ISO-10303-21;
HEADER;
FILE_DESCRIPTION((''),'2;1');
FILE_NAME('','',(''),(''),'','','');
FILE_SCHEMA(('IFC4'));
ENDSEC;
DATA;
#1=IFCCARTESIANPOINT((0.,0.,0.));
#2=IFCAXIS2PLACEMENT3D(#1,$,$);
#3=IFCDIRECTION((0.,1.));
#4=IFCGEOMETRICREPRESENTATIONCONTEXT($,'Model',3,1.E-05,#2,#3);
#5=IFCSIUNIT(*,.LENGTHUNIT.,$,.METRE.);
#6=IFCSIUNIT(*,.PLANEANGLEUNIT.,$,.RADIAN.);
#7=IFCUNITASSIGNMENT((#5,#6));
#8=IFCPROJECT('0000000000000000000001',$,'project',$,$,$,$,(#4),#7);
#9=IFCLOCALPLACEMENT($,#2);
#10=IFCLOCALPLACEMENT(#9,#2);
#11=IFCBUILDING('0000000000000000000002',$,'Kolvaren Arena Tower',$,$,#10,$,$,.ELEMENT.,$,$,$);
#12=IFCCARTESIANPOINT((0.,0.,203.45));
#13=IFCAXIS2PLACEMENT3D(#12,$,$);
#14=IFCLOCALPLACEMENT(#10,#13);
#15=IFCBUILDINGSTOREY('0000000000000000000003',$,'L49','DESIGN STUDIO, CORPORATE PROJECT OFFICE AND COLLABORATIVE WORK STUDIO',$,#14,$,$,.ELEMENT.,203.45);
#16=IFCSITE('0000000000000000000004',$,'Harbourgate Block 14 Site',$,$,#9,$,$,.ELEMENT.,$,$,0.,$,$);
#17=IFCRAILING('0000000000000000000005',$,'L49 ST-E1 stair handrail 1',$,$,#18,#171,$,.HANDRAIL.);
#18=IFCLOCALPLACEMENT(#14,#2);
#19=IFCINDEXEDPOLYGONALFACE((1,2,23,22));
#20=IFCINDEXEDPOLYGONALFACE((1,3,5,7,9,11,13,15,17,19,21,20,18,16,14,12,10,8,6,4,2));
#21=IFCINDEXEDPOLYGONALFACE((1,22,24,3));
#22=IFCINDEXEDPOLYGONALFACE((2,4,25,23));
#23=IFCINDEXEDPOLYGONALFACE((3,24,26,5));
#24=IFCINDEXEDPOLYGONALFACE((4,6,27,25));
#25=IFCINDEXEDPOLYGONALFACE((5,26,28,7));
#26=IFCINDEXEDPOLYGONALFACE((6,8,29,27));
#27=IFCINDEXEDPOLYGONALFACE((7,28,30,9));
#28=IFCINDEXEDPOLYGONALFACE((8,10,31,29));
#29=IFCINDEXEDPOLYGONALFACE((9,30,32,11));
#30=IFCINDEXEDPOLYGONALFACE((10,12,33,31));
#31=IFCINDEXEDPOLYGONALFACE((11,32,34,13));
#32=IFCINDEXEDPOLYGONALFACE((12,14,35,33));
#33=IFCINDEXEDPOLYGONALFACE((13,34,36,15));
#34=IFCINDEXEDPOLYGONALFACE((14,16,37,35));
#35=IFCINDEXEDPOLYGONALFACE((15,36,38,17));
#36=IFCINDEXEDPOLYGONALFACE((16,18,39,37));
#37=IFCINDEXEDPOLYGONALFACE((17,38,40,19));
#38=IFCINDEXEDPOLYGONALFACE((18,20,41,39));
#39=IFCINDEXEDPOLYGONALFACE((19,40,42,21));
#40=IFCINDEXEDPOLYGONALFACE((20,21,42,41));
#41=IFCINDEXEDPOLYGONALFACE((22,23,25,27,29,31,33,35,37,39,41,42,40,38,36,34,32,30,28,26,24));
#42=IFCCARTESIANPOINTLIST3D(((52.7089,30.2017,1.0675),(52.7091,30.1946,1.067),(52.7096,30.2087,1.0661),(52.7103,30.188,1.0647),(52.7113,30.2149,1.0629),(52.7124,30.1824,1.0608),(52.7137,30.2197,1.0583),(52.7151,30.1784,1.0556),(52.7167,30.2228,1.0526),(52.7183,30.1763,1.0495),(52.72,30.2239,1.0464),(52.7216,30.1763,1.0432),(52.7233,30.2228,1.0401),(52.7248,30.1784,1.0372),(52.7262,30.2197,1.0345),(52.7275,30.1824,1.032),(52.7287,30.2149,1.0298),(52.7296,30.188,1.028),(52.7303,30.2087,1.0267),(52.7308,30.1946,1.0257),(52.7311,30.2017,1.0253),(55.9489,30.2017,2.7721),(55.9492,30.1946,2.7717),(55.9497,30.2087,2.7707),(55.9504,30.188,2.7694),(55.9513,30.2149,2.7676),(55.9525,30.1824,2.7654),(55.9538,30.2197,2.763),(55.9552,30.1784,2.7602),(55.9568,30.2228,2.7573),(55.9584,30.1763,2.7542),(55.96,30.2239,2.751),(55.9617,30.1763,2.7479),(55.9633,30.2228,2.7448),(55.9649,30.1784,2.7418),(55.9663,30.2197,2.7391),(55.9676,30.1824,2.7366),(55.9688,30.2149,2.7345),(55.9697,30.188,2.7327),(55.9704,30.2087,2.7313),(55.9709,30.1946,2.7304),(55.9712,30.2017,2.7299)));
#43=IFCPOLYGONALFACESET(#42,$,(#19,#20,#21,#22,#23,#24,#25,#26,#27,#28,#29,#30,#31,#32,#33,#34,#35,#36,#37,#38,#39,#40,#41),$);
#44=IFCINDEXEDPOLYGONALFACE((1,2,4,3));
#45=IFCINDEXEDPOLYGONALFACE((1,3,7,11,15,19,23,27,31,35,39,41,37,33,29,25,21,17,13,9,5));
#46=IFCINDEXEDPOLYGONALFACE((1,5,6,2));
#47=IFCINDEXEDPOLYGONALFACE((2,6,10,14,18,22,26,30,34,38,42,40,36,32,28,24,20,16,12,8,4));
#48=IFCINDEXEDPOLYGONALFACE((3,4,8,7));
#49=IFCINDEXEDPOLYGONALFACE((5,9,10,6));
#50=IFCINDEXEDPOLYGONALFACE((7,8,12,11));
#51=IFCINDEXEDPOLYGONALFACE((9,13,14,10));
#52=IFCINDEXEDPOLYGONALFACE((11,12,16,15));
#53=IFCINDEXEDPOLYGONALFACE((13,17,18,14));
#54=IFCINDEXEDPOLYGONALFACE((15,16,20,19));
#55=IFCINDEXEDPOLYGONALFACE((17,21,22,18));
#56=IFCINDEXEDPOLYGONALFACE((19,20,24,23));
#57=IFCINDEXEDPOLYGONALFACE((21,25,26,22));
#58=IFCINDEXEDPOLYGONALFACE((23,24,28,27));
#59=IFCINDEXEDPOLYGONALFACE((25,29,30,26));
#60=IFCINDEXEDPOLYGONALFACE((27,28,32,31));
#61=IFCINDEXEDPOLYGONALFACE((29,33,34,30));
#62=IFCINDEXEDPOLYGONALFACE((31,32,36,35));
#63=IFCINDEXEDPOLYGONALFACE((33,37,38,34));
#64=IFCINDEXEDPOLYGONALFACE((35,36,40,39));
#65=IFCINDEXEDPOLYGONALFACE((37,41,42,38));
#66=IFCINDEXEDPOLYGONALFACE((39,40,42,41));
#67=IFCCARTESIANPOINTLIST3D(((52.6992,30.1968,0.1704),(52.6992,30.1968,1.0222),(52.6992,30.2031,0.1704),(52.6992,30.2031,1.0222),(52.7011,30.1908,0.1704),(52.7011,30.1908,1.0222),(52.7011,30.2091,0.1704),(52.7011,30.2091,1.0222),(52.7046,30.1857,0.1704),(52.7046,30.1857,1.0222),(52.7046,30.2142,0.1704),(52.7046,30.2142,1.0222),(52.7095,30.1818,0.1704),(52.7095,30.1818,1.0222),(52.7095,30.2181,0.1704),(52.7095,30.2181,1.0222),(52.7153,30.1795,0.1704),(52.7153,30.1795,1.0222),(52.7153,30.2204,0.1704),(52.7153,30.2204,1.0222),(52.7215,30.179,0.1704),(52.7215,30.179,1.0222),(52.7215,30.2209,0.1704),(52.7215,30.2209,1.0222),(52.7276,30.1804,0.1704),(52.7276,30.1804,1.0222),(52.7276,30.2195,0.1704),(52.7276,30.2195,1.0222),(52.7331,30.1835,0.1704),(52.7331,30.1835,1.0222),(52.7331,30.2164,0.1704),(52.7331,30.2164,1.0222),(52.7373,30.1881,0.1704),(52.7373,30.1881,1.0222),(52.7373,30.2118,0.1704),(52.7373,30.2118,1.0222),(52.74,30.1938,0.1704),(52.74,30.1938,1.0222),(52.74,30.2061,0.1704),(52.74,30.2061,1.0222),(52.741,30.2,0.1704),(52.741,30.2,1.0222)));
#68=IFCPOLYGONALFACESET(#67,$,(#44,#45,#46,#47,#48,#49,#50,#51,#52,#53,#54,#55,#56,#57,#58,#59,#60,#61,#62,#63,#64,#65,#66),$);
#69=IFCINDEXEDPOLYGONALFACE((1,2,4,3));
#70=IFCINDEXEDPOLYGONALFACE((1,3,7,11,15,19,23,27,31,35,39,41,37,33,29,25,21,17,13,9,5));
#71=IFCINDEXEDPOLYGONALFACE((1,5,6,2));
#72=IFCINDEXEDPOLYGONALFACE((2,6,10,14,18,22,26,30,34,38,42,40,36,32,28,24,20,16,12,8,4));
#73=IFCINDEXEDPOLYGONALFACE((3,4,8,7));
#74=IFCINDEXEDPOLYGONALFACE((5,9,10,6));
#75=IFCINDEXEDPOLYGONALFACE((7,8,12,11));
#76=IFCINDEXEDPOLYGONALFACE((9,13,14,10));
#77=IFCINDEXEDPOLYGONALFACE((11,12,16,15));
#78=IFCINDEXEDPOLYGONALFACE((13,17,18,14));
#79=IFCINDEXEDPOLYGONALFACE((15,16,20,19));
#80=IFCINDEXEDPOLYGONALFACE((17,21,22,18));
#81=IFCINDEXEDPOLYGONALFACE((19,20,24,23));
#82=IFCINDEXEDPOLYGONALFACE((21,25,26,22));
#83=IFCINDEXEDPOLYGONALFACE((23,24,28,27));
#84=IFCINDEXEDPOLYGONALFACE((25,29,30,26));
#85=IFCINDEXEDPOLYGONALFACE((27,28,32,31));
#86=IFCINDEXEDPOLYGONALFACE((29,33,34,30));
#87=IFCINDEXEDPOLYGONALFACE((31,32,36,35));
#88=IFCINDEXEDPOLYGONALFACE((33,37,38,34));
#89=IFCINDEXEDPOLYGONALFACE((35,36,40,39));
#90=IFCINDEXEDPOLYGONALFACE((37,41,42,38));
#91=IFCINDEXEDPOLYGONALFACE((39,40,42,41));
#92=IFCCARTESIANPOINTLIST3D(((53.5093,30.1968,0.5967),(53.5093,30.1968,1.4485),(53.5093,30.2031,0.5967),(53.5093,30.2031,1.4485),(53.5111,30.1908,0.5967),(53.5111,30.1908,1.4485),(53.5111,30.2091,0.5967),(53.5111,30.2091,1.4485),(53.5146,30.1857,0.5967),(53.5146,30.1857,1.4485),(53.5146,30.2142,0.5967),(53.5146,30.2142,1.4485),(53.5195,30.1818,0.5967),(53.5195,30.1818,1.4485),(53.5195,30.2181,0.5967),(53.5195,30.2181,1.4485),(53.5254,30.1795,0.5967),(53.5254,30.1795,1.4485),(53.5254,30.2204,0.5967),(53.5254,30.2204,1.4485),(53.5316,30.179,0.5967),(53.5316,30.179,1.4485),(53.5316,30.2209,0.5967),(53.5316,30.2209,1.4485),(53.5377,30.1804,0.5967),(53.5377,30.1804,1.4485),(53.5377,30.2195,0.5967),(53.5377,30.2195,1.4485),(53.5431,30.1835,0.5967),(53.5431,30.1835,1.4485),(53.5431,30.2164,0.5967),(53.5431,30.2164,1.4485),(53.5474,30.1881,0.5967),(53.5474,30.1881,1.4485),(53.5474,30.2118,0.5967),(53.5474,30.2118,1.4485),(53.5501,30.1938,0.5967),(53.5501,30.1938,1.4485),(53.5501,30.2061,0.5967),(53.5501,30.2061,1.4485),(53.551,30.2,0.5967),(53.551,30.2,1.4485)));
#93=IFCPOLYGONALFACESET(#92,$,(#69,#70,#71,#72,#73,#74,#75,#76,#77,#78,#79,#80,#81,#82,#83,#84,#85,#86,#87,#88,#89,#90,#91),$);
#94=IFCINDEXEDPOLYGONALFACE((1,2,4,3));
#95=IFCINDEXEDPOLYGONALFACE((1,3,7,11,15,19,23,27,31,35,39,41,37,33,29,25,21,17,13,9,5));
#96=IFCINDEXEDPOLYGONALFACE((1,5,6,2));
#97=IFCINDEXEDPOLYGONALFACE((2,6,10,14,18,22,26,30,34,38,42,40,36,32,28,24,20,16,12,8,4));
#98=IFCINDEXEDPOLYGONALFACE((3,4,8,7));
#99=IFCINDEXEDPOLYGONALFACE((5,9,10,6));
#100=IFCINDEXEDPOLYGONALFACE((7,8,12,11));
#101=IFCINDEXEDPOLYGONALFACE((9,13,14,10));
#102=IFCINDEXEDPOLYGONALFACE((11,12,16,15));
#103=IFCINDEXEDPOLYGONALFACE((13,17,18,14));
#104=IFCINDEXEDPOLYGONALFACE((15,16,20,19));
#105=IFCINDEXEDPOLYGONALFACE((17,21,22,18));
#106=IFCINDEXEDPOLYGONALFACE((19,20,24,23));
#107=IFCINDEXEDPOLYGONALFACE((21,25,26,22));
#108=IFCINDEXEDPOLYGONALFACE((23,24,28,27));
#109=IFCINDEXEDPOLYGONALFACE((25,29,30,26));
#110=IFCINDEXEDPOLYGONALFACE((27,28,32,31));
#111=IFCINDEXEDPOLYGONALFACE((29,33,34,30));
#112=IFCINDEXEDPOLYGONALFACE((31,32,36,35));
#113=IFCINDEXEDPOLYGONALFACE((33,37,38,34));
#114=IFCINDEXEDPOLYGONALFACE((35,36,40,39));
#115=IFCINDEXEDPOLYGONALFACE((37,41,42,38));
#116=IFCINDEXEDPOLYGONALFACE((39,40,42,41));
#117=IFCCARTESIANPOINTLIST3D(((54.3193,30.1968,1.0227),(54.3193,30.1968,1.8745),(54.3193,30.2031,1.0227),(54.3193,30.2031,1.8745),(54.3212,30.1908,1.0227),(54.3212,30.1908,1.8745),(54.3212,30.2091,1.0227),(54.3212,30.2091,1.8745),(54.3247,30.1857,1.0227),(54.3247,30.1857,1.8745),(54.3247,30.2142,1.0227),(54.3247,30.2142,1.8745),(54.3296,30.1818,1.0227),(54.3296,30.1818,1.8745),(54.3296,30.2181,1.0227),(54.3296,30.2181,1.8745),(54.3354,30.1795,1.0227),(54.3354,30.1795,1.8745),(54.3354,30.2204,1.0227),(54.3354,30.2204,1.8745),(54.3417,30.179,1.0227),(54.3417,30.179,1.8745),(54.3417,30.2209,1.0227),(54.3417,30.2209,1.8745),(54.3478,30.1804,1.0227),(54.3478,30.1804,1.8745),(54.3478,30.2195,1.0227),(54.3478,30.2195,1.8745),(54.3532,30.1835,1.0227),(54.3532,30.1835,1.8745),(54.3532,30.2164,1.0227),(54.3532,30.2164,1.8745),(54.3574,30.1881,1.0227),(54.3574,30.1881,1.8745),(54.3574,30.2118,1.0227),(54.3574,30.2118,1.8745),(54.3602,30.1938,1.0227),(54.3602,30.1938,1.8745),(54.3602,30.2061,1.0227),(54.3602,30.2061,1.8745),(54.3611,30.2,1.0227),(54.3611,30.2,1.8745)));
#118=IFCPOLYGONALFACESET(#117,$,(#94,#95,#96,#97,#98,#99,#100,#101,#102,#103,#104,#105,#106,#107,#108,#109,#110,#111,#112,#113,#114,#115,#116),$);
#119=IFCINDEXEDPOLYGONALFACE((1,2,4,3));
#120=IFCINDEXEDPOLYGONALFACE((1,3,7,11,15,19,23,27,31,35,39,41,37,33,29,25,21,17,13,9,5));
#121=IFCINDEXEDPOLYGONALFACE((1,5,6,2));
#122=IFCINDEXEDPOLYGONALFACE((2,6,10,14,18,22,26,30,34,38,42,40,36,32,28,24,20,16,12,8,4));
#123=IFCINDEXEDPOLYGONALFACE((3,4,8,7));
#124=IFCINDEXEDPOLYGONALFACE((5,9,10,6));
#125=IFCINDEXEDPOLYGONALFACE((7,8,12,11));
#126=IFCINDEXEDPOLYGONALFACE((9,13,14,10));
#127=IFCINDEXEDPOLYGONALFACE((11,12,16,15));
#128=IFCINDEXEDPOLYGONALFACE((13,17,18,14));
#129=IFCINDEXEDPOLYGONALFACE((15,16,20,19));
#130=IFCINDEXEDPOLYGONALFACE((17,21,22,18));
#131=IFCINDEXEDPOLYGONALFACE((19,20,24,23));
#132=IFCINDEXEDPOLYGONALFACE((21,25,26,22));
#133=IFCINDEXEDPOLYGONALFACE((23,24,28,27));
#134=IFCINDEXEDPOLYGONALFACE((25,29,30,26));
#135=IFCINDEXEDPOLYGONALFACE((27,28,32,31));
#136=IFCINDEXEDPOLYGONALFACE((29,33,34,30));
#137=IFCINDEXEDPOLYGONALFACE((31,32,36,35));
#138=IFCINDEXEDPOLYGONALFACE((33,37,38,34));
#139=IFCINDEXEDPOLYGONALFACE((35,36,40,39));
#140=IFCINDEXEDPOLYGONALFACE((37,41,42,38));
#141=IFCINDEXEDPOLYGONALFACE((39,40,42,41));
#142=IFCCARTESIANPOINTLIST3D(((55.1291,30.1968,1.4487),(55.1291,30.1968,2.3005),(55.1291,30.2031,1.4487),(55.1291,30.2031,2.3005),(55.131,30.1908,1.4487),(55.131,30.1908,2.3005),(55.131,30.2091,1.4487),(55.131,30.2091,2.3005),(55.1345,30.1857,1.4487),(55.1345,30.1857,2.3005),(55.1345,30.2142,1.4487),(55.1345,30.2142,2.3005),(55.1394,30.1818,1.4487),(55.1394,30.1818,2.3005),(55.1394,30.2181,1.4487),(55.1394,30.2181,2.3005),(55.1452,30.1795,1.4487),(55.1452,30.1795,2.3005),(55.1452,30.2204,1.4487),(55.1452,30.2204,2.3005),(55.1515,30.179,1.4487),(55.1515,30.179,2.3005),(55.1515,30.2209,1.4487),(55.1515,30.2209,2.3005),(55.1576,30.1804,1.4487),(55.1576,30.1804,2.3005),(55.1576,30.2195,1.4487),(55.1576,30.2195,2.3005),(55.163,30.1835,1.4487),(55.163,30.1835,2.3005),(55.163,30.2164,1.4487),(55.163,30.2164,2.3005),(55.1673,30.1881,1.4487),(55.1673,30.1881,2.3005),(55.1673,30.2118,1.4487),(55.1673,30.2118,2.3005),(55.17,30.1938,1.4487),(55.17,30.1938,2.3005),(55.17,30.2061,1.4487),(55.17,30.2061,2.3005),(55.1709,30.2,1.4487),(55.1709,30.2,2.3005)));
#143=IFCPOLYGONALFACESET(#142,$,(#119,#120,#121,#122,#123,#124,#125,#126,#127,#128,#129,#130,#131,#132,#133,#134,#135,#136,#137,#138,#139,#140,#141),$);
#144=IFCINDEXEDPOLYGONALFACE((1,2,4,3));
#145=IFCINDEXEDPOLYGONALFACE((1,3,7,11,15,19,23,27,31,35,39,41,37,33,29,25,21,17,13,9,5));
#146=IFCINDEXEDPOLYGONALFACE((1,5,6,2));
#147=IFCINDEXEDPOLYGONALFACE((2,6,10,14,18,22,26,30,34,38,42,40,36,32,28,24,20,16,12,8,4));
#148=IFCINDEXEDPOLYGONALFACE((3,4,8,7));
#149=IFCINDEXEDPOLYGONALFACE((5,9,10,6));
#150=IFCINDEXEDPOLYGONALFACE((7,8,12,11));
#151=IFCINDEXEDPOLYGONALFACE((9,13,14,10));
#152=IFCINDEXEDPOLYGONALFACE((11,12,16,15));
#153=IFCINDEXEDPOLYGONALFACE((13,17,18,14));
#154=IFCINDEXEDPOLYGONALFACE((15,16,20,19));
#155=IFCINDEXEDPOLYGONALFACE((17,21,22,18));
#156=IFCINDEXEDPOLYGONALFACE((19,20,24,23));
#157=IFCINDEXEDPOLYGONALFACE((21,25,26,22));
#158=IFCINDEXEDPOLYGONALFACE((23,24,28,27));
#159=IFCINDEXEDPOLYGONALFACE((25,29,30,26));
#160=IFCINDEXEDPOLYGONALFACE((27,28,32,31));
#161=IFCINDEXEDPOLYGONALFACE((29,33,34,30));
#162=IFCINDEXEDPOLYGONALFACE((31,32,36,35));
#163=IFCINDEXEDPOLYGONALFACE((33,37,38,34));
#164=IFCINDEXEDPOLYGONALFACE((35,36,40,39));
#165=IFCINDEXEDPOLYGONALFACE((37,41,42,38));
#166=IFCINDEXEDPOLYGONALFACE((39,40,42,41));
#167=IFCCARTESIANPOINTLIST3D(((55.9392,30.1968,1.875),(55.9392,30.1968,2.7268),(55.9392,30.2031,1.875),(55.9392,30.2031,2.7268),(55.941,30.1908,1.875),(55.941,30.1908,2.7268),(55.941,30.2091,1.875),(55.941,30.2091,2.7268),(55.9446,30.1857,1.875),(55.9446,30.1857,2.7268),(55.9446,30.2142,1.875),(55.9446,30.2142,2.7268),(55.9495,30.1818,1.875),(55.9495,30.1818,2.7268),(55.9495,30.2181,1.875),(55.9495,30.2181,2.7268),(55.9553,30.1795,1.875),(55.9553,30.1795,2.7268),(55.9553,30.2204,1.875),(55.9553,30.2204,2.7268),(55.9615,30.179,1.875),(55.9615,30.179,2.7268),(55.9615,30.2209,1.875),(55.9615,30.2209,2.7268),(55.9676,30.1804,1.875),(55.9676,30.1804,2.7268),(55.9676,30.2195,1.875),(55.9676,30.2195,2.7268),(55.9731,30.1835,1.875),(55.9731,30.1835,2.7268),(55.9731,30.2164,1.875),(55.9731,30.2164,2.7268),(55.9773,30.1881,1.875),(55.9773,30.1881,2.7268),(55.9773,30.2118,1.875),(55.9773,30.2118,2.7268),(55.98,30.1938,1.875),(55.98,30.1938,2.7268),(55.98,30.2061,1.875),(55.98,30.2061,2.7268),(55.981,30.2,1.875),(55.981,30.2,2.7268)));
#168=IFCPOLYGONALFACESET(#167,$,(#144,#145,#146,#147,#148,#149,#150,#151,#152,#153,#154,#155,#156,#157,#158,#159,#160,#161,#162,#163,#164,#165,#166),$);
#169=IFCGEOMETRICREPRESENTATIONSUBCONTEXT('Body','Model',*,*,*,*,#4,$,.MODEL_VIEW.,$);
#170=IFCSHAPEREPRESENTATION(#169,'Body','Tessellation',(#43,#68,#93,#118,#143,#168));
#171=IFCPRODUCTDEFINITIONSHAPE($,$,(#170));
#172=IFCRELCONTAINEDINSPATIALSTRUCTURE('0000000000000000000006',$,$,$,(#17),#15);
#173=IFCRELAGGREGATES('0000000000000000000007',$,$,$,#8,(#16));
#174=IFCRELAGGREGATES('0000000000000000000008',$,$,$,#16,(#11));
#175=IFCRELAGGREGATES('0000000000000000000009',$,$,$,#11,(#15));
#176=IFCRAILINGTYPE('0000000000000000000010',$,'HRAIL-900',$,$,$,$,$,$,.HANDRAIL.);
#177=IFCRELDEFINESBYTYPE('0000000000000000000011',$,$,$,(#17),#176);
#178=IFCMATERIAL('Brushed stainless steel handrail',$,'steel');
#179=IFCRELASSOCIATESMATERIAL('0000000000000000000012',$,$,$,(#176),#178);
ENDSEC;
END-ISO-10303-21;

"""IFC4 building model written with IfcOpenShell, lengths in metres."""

from ifc_helpers import new_model, si_unit, direction, frame, origin, origin_2d, place, context, subcontext, project, spatial, circle, extrude, material, type_object, element, save


model = new_model("IFC4")

# Units and contexts
model_context = context("Model", 3, precision=1e-05, world=origin(), true_north=direction((0.0, 1.0)))
body_context = subcontext(model_context, "Body", "Model", "MODEL_VIEW")
ifc_project = project(units=[si_unit("LENGTHUNIT", "METRE"), si_unit("PLANEANGLEUNIT", "RADIAN")], contexts=[model_context])

# Site, building, storey
site_placement = place(None, origin())
site = spatial("IfcSite", under=ifc_project, at=site_placement, Name="Harbourgate Block 14 Site", CompositionType="ELEMENT", RefElevation=0.0)
building_placement = place(site_placement, origin())
building = spatial("IfcBuilding", under=site, at=building_placement, Name="Kolvaren Arena Tower", CompositionType="ELEMENT")
storey_placement = place(building_placement, frame((0.0, 0.0, 203.45)))
storey = spatial("IfcBuildingStorey", under=building, at=storey_placement, Name="L49", Description="DESIGN STUDIO, CORPORATE PROJECT OFFICE AND COLLABORATIVE WORK STUDIO", CompositionType="ELEMENT", Elevation=203.45)

# Railing
ifc_material_1 = material(Name="Brushed stainless steel handrail", Category="steel")
railing_type_1 = type_object("IfcRailingType", Name="HRAIL-900", PredefinedType="HANDRAIL", material=ifc_material_1)
railing_1_placement = place(storey_placement, frame((52.72, 30.2, 0.1704)))
element("IfcRailing", 1, at=railing_1_placement, inside=storey, type_object=railing_type_1, Name="L49 ST-E1 stair handrail 1", PredefinedType="HANDRAIL", context=body_context, shape_type="SweptSolid", body=[
    extrude(circle(Radius=0.0239, at=origin_2d()), frame((0.0, 0.0, 0.876), z_axis=(0.884993, 0.0, 0.465604), x_axis=(0.0, 1.0, 0.0)), (0.0, 0.0, 1.0), 3.6611),
    extrude(circle(Radius=0.021, at=origin_2d()), origin(), (0.0, 0.0, 1.0), 0.8518),
    extrude(circle(Radius=0.021, at=origin_2d()), frame((0.8101, 0.0, 0.4263)), (0.0, 0.0, 1.0), 0.8518),
    extrude(circle(Radius=0.021, at=origin_2d()), frame((1.6201, 0.0, 0.8523)), (0.0, 0.0, 1.0), 0.8518),
    extrude(circle(Radius=0.021, at=origin_2d()), frame((2.4299, 0.0, 1.2783)), (0.0, 0.0, 1.0), 0.8518),
    extrude(circle(Radius=0.021, at=origin_2d()), frame((3.24, 0.0, 1.7046)), (0.0, 0.0, 1.0), 0.8518),
])

save(model, "model.ifc")
